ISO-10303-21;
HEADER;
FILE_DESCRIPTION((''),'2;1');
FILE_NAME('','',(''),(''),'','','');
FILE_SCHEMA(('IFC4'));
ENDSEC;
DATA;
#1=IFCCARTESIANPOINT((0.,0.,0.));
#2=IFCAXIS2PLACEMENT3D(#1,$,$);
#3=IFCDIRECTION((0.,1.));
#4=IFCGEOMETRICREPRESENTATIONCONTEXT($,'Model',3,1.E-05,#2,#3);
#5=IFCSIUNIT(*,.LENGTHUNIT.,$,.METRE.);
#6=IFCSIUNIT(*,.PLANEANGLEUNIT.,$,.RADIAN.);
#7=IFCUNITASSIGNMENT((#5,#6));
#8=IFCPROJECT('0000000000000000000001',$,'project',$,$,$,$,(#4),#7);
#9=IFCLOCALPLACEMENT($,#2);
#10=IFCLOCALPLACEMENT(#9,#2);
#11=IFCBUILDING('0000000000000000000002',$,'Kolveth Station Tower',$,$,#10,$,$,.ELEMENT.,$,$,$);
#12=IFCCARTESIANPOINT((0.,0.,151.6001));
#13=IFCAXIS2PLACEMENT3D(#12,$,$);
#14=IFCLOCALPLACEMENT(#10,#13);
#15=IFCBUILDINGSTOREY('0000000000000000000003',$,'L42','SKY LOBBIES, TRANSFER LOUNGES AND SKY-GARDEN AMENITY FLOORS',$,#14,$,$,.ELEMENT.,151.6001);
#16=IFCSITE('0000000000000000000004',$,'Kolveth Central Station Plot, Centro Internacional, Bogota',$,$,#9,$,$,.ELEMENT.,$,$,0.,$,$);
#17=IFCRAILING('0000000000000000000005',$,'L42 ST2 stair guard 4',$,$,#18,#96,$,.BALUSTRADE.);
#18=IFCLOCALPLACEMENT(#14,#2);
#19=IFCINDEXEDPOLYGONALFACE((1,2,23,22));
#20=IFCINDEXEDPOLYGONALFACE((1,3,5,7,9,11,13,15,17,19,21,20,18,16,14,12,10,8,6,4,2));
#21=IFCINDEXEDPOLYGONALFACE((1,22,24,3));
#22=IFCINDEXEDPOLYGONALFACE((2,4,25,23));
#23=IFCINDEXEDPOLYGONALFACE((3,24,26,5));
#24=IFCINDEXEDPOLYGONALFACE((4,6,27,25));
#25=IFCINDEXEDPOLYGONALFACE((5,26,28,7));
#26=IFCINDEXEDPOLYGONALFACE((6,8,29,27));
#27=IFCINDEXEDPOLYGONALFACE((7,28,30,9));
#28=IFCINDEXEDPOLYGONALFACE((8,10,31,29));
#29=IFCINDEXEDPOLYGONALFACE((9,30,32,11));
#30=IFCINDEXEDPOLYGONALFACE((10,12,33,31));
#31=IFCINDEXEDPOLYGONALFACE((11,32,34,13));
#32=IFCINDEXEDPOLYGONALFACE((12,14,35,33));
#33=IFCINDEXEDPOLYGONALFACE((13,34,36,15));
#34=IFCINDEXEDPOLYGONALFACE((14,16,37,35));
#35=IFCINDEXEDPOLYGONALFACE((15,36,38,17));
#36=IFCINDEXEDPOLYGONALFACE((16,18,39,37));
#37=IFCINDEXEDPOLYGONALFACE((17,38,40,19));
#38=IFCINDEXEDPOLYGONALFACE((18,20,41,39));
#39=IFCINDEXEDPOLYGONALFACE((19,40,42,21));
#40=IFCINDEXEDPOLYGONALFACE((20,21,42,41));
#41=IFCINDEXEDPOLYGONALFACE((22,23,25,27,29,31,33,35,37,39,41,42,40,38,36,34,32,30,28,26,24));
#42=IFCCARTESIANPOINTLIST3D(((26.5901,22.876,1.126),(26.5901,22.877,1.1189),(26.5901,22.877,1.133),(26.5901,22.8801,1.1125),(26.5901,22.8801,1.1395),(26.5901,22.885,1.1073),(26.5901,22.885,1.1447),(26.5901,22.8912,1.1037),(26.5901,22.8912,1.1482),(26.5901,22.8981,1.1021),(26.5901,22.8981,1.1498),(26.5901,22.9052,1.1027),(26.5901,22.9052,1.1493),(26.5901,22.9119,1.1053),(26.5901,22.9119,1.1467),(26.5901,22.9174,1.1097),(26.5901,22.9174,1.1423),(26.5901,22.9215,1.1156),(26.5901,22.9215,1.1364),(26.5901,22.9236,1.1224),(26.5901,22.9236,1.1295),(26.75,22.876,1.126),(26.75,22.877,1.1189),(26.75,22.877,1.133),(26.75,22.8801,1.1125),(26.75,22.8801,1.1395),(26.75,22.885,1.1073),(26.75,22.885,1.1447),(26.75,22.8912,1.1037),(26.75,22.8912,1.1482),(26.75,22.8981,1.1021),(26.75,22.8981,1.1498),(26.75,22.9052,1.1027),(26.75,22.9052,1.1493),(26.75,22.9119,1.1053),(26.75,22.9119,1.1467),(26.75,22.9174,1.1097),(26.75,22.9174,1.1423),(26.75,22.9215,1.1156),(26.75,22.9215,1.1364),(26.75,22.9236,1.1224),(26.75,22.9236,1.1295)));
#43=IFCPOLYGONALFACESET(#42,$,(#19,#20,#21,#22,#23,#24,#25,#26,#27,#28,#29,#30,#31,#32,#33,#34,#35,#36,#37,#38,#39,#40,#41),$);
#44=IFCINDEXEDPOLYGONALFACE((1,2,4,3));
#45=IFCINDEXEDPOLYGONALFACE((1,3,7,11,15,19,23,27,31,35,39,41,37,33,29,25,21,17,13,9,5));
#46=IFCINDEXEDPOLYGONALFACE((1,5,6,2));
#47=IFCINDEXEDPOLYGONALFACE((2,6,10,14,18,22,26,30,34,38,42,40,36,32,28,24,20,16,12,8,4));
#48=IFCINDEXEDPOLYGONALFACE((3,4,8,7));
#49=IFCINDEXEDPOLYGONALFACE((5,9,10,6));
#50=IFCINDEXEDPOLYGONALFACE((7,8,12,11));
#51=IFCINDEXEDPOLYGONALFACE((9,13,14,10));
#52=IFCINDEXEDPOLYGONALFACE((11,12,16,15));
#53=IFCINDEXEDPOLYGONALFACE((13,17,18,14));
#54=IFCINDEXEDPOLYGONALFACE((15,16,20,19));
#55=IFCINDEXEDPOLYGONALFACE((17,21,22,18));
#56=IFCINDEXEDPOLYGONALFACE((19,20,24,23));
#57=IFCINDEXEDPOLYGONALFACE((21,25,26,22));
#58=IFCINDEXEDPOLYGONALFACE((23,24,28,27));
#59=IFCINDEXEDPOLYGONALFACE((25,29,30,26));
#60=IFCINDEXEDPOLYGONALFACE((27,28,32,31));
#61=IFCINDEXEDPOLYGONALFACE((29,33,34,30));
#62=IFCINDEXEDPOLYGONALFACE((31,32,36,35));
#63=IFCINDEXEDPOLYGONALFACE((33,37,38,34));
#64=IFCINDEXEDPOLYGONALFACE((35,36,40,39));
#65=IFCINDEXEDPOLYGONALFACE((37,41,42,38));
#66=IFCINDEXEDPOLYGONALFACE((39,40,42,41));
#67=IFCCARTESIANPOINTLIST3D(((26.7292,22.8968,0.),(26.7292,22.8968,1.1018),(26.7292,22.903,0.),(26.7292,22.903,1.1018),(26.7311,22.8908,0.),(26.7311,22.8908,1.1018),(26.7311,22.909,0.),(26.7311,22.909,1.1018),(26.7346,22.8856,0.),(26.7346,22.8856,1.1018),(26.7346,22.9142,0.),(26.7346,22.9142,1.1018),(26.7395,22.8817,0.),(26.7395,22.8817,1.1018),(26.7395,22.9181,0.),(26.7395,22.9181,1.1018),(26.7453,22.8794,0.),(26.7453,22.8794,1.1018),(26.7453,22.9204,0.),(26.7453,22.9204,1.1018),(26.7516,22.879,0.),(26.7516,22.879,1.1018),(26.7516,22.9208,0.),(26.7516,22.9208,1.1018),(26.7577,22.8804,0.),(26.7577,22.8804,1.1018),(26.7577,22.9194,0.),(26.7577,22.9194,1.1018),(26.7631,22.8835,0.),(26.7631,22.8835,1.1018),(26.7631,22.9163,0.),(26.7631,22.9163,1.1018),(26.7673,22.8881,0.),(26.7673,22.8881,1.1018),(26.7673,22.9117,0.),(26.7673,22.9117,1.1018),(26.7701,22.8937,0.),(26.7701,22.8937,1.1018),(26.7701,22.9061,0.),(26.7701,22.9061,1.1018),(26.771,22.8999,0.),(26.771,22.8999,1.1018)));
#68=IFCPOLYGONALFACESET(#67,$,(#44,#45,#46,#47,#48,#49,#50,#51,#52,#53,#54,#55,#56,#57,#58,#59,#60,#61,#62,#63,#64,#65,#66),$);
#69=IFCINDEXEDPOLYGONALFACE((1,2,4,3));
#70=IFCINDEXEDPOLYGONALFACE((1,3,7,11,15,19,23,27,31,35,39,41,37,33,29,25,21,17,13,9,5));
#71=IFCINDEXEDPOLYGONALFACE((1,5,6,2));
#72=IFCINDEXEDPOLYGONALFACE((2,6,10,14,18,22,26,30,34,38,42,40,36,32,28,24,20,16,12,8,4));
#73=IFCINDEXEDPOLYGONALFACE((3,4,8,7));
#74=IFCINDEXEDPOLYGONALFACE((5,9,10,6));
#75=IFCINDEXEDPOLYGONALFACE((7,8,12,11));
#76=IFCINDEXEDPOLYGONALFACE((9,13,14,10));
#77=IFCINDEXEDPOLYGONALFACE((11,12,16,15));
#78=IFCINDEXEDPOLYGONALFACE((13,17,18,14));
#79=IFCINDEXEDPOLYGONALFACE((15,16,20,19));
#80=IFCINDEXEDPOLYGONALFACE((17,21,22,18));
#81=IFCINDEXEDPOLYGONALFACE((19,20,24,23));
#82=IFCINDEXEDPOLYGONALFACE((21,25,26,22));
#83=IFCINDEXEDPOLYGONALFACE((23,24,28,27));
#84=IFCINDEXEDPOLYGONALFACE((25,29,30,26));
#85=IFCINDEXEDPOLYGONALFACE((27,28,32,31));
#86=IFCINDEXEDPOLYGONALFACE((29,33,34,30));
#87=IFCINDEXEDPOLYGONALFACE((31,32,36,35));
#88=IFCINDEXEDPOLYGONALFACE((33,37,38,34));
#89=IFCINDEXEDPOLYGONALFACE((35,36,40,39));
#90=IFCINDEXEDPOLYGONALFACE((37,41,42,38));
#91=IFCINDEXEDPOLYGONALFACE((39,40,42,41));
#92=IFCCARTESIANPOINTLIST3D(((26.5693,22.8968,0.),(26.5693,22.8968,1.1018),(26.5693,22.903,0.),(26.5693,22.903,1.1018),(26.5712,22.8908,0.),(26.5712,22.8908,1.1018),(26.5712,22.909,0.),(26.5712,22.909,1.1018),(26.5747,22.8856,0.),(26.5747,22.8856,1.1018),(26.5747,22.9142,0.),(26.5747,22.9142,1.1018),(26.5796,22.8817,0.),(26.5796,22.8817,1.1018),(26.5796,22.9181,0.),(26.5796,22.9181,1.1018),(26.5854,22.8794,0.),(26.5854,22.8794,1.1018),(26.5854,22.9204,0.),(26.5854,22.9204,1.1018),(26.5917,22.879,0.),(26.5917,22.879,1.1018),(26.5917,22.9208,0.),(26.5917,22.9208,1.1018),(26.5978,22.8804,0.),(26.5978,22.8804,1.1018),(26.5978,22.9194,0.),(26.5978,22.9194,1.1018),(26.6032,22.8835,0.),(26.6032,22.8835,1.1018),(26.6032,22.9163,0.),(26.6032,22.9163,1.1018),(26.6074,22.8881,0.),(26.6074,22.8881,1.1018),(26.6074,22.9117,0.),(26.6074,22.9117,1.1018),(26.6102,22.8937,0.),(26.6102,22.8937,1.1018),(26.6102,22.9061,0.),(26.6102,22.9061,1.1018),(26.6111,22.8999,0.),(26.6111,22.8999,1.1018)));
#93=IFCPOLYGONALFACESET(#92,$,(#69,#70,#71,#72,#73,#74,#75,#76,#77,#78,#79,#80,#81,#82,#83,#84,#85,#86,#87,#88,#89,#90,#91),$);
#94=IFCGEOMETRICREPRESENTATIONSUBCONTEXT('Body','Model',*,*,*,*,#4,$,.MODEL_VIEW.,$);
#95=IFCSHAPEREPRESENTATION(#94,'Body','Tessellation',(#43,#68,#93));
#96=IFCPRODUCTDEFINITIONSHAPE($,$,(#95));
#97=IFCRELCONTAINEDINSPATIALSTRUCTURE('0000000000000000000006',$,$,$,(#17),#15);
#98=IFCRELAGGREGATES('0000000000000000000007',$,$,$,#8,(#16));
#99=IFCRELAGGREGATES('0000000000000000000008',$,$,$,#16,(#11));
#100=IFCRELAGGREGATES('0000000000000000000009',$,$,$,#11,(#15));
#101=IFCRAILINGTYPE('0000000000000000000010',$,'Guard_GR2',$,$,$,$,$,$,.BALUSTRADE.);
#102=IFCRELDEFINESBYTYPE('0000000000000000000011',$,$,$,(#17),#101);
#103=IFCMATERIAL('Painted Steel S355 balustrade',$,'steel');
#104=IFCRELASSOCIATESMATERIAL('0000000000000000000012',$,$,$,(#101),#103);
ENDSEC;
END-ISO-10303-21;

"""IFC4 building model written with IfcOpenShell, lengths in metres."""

from ifc_helpers import new_model, si_unit, direction, frame, origin, origin_2d, place, context, subcontext, project, spatial, circle, extrude, material, type_object, element, save


model = new_model("IFC4")

# Units and contexts
model_context = context("Model", 3, precision=1e-05, world=origin(), true_north=direction((0.0, 1.0)))
body_context = subcontext(model_context, "Body", "Model", "MODEL_VIEW")
ifc_project = project(units=[si_unit("LENGTHUNIT", "METRE"), si_unit("PLANEANGLEUNIT", "RADIAN")], contexts=[model_context])

# Site, building, storey
site_placement = place(None, origin())
site = spatial("IfcSite", under=ifc_project, at=site_placement, Name="Kolveth Central Station Plot, Centro Internacional, Bogota", CompositionType="ELEMENT", RefElevation=0.0)
building_placement = place(site_placement, origin())
building = spatial("IfcBuilding", under=site, at=building_placement, Name="Kolveth Station Tower", CompositionType="ELEMENT")
storey_placement = place(building_placement, frame((0.0, 0.0, 151.6001)))
storey = spatial("IfcBuildingStorey", under=building, at=storey_placement, Name="L42", Description="SKY LOBBIES, TRANSFER LOUNGES AND SKY-GARDEN AMENITY FLOORS", CompositionType="ELEMENT", Elevation=151.6001)

# Railing
ifc_material_1 = material(Name="Painted Steel S355 balustrade", Category="steel")
railing_type_1 = type_object("IfcRailingType", Name="Guard_GR2", PredefinedType="BALUSTRADE", material=ifc_material_1)
railing_placement = place(storey_placement, frame((26.75, 22.8999, 0.0)))
element("IfcRailing", 1, at=railing_placement, inside=storey, type_object=railing_type_1, Name="L42 ST2 stair guard 4", PredefinedType="BALUSTRADE", context=body_context, shape_type="SweptSolid", body=[
    extrude(circle(Radius=0.0239, at=origin_2d()), frame((0.0, 0.0, 1.126), z_axis=(-1.0, 0.0, 0.0), x_axis=(0.0, -1.0, 0.0)), (0.0, 0.0, 1.0), 0.1599),
    extrude(circle(Radius=0.021, at=origin_2d()), origin(), (0.0, 0.0, 1.0), 1.1018),
    extrude(circle(Radius=0.021, at=origin_2d()), frame((-0.1599, 0.0, 0.0)), (0.0, 0.0, 1.0), 1.1018),
])

save(model, "model.ifc")
